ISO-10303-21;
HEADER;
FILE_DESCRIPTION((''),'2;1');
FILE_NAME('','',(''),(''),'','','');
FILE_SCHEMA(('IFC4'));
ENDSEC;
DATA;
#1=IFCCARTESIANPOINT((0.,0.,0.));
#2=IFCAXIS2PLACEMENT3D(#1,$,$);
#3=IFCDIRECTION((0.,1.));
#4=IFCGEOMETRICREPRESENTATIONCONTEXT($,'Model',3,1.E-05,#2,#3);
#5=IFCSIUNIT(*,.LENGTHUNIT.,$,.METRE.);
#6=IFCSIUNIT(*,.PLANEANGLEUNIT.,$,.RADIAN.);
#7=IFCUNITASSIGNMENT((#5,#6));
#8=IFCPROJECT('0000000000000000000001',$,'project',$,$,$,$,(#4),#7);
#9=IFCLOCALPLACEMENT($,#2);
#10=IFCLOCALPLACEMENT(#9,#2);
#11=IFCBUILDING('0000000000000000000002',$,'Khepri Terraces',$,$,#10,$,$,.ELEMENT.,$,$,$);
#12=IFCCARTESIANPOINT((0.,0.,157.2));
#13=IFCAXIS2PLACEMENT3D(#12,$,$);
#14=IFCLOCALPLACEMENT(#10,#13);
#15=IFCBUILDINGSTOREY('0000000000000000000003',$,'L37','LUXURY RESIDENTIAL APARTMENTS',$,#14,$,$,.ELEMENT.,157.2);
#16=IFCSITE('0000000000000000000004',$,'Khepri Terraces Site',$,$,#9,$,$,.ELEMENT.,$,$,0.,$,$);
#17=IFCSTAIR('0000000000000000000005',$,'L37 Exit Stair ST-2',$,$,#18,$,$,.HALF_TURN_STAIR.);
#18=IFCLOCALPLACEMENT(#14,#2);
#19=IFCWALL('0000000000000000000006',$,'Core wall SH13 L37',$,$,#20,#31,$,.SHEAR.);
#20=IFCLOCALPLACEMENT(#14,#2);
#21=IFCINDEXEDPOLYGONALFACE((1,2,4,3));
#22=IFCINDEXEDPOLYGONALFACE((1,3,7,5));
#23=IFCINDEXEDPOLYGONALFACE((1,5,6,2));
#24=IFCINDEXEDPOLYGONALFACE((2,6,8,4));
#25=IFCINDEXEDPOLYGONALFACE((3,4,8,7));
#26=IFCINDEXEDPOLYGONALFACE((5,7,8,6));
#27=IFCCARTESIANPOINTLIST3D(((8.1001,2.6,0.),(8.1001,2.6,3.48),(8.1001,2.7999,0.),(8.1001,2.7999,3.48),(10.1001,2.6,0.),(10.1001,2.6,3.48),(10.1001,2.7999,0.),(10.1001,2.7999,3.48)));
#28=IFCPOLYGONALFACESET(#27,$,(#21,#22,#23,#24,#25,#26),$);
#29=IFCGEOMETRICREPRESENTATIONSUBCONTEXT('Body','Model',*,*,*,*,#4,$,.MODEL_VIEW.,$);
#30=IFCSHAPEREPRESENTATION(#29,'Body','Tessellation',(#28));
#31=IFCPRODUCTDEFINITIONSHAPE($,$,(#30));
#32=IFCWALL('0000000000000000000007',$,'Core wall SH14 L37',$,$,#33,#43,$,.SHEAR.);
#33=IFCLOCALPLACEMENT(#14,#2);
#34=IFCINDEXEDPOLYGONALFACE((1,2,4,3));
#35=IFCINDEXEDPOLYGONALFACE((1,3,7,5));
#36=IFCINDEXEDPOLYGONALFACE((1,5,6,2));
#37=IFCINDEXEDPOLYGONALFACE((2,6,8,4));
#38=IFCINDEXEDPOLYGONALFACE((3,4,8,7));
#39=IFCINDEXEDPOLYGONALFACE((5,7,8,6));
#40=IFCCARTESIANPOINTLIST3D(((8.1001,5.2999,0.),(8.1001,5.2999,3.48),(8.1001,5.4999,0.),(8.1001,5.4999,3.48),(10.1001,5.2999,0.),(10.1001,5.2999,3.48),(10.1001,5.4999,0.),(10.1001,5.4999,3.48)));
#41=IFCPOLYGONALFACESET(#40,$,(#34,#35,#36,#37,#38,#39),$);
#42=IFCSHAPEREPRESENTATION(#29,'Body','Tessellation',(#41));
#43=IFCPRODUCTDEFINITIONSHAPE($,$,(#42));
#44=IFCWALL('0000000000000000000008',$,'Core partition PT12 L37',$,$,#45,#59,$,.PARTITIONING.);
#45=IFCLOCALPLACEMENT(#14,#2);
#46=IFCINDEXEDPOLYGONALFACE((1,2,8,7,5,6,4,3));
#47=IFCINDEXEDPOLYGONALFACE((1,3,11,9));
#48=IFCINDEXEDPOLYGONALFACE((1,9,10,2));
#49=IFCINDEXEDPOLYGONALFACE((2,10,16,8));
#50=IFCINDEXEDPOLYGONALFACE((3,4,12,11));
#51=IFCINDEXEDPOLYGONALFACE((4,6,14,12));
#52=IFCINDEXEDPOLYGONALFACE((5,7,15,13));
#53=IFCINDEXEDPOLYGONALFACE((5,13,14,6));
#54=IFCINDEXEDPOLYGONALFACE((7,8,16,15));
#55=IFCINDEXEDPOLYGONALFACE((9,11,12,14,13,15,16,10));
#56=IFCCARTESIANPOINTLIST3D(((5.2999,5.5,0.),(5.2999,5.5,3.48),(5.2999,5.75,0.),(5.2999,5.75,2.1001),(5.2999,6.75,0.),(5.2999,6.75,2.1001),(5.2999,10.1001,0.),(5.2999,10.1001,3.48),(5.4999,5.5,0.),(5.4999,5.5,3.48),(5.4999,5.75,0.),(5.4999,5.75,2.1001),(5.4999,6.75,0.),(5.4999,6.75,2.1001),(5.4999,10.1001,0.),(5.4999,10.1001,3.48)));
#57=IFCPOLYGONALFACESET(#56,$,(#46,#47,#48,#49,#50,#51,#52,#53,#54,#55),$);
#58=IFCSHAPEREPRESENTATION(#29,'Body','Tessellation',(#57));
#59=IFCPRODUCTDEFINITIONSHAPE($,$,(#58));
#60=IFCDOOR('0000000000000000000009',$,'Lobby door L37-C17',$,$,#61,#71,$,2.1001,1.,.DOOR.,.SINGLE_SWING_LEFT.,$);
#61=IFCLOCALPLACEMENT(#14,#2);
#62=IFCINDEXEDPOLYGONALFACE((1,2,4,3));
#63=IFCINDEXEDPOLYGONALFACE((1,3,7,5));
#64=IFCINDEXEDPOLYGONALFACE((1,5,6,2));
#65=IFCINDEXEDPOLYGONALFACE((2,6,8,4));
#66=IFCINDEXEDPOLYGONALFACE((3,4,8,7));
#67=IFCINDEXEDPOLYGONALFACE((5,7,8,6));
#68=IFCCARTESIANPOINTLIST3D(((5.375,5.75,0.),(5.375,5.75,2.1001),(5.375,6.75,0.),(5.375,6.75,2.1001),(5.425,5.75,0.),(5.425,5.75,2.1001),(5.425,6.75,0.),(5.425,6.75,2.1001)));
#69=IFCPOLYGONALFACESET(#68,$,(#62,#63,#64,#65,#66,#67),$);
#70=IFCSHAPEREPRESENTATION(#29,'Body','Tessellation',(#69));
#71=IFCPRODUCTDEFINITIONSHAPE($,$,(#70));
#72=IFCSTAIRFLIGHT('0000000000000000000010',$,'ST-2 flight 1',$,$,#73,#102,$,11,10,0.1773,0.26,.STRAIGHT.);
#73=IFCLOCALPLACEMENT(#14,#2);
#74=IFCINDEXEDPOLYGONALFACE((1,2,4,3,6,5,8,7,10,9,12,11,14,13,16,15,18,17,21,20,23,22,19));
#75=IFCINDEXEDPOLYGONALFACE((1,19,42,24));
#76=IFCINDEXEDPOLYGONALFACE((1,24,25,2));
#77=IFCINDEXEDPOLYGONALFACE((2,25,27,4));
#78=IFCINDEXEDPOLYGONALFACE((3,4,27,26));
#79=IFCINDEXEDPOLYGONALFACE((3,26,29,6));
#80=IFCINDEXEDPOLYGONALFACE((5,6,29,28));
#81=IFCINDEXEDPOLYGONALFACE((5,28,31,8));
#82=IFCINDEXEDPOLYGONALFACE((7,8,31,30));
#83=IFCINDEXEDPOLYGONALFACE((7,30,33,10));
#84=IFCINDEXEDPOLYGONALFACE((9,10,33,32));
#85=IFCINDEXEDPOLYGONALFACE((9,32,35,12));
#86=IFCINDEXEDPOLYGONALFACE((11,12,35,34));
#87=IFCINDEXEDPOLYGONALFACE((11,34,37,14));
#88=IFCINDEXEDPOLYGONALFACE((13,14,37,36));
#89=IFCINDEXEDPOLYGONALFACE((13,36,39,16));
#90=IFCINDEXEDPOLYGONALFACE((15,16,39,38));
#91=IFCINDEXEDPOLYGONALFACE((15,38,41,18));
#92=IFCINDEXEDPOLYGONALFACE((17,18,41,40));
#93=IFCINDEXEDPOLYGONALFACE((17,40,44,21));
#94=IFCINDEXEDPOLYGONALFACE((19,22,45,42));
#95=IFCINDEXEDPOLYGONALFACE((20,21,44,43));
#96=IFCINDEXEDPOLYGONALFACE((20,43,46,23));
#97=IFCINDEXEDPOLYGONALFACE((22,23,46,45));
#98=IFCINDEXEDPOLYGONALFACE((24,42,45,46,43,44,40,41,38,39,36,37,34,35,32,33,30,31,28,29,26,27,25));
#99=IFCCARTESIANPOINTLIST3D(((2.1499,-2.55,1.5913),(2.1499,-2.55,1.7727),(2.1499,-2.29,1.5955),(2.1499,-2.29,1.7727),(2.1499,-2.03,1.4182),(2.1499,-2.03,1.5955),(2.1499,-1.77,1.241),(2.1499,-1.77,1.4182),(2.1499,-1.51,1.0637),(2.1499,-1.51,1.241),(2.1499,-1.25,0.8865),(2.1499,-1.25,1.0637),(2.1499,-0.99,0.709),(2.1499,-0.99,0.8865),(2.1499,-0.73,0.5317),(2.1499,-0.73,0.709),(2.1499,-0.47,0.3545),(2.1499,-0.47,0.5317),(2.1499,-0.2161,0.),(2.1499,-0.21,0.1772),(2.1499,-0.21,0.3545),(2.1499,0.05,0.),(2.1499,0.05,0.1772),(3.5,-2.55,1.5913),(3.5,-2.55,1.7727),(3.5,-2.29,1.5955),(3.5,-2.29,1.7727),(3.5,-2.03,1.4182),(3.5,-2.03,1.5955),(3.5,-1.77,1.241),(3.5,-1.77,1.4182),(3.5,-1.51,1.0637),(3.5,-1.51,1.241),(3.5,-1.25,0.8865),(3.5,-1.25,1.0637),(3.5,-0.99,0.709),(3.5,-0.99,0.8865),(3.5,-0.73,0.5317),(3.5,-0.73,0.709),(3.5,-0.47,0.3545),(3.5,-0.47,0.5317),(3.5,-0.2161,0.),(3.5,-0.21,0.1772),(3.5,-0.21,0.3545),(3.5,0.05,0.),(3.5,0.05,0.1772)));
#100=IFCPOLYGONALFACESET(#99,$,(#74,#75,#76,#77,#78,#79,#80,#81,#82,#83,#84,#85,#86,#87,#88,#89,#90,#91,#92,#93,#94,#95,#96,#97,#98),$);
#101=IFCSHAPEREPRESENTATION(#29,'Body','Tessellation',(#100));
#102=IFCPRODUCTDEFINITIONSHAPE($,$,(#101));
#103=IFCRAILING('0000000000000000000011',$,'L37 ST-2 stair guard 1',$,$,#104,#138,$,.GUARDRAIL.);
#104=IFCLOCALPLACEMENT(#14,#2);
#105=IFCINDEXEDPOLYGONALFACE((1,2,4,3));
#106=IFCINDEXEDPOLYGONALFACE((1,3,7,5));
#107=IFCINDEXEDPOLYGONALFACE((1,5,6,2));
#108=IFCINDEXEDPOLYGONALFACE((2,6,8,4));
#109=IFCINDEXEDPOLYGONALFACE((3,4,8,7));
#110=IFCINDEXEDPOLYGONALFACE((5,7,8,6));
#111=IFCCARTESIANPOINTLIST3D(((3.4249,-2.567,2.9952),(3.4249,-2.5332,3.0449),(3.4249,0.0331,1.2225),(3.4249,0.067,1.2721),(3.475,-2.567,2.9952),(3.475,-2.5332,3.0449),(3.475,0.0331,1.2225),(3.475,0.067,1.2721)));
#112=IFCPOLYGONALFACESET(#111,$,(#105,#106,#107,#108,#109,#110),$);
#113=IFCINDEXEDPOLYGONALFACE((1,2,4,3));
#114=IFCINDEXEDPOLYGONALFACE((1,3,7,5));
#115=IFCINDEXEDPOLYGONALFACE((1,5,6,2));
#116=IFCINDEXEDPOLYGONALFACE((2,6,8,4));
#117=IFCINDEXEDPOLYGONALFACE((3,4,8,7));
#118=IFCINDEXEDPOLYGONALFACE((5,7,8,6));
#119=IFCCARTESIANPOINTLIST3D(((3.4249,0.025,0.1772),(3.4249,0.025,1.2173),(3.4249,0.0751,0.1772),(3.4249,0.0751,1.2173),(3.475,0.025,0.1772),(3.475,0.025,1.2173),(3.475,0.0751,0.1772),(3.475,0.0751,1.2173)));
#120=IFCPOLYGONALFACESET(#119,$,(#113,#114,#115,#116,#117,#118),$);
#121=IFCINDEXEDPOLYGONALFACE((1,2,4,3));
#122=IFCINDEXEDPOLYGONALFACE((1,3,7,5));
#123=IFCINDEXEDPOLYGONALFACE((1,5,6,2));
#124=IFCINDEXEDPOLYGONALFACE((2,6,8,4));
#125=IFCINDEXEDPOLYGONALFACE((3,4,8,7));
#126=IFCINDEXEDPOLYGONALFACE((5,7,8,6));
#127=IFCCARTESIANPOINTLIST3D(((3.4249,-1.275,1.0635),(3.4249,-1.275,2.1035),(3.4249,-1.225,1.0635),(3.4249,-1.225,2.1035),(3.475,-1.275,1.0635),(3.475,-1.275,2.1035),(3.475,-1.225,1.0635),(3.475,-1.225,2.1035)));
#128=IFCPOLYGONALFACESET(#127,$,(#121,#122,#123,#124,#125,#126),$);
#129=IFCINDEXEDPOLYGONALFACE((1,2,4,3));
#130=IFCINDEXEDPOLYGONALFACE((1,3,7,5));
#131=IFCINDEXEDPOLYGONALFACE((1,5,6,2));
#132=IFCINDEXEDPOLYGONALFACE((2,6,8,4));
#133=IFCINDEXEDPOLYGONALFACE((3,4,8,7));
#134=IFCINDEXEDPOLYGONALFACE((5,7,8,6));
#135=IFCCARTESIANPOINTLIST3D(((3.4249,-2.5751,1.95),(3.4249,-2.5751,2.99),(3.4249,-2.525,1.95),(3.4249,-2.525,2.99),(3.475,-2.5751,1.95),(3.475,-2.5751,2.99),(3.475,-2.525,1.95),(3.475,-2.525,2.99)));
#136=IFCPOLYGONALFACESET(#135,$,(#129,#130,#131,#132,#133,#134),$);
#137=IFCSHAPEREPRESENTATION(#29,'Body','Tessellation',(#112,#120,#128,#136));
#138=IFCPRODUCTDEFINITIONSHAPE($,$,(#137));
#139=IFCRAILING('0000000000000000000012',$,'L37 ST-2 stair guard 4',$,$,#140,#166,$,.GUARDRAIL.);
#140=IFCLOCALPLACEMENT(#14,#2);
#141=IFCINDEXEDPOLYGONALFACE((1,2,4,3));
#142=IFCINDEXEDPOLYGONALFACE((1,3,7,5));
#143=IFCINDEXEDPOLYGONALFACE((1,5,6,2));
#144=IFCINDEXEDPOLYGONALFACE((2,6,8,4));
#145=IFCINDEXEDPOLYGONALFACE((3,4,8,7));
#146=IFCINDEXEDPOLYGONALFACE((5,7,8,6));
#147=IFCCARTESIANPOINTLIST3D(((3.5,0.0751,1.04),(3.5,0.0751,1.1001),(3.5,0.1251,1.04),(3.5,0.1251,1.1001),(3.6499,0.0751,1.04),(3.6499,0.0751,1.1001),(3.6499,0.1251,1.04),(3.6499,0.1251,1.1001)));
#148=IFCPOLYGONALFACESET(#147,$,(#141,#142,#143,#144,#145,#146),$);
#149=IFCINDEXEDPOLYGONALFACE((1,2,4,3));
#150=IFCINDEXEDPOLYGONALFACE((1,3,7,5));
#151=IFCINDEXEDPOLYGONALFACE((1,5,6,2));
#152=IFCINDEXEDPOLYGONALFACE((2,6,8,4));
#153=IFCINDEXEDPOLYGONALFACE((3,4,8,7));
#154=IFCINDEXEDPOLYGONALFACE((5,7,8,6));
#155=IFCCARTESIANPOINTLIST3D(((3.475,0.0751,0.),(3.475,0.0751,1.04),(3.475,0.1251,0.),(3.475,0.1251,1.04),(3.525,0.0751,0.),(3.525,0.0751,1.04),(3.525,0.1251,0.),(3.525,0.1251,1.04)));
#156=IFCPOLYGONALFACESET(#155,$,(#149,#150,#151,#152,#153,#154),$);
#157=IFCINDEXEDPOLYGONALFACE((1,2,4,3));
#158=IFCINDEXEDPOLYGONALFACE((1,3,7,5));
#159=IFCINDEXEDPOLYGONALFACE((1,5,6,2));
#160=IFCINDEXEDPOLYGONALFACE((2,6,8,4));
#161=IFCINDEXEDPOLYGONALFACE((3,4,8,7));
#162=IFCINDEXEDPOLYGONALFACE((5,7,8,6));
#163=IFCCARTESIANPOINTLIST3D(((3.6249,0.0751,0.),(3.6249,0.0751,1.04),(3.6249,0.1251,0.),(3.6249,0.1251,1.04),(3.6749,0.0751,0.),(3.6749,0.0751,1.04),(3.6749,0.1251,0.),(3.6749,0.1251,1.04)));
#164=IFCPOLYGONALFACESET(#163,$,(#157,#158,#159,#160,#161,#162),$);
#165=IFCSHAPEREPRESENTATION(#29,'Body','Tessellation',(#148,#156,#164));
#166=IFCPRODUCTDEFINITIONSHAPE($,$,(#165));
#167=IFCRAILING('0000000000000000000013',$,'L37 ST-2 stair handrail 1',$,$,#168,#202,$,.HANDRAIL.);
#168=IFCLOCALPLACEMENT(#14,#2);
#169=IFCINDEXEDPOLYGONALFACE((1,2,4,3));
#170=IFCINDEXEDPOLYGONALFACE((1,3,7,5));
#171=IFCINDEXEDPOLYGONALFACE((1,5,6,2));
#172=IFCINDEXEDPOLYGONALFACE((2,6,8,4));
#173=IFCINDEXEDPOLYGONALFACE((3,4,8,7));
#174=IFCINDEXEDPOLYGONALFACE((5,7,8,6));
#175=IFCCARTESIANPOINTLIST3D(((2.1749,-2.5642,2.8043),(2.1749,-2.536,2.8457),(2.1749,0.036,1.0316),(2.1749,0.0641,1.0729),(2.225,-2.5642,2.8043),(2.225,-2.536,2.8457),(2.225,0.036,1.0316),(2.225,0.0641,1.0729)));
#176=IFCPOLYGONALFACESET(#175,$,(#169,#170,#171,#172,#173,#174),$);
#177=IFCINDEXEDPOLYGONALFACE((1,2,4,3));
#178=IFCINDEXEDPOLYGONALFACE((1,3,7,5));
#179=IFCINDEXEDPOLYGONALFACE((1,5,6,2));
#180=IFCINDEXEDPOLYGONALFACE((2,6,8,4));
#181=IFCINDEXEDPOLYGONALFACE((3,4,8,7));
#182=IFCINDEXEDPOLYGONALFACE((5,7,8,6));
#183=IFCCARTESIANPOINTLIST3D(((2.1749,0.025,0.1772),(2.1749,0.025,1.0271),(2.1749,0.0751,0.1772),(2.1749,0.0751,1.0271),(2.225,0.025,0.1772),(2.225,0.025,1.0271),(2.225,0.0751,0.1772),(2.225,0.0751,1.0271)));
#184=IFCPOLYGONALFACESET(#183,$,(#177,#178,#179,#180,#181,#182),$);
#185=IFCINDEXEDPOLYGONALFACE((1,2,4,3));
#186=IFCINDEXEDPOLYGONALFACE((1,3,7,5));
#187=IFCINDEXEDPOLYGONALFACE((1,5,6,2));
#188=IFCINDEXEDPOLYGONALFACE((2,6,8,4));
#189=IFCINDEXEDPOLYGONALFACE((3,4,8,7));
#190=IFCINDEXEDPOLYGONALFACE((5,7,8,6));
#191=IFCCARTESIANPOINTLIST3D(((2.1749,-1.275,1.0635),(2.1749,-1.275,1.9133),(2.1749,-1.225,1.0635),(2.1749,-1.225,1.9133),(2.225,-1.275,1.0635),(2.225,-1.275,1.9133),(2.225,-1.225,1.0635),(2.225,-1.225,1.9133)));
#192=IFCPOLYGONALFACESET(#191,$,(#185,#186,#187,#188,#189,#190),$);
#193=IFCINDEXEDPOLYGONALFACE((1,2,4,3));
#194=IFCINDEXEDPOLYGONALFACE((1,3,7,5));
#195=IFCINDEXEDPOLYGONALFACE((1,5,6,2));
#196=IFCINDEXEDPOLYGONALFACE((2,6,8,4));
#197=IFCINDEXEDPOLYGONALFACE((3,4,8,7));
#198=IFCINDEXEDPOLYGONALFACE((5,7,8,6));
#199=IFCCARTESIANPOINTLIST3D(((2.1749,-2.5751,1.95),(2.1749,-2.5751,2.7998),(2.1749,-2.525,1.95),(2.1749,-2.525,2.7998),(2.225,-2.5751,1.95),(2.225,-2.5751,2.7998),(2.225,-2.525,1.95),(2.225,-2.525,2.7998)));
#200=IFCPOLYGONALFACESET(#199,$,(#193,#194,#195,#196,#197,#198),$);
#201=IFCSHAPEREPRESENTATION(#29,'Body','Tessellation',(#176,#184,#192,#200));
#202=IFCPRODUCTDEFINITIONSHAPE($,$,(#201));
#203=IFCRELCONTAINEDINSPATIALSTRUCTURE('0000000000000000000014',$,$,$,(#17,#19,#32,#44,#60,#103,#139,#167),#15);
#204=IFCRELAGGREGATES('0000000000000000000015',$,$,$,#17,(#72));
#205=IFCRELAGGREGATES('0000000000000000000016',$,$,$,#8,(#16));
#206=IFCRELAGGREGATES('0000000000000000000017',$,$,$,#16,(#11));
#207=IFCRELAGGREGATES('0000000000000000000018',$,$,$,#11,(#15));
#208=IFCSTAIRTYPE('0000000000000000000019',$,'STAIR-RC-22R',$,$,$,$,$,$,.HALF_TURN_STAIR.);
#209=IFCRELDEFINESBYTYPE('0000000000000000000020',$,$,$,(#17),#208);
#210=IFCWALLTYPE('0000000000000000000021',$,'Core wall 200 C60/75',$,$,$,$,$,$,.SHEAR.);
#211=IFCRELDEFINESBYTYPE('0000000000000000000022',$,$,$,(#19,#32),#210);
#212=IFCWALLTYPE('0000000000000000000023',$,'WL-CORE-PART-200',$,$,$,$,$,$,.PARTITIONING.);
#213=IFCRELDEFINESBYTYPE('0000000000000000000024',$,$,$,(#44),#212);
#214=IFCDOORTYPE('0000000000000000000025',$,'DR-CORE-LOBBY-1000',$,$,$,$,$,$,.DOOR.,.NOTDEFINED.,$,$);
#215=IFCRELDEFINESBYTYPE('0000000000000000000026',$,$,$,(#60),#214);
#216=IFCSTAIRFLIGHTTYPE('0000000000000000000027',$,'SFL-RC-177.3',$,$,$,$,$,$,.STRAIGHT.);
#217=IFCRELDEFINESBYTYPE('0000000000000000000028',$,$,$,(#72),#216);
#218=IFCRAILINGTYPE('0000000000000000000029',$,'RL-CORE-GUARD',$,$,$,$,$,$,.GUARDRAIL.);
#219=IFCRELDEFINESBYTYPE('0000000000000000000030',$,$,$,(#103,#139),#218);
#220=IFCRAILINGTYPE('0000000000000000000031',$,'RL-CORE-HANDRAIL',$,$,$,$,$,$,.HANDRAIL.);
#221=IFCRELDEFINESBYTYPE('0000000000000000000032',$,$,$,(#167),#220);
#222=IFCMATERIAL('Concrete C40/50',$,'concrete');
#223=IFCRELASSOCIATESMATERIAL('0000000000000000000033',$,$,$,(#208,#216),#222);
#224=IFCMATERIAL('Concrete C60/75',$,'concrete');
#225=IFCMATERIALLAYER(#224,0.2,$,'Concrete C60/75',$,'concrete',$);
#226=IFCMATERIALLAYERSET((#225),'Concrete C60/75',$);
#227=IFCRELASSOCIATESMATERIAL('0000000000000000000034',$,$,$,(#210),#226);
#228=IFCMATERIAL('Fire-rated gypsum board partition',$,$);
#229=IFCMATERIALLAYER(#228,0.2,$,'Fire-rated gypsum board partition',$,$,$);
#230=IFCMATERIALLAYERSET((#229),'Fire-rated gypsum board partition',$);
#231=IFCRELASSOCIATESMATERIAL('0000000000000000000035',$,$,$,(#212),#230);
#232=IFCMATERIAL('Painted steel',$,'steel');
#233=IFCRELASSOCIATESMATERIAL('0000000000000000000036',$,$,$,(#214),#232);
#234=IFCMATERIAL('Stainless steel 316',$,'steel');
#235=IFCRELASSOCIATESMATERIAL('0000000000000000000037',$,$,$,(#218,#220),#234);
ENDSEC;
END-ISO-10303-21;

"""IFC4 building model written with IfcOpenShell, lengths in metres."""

from ifc_helpers import new_model, si_unit, direction, frame, frame_2d, origin, origin_2d, place, context, subcontext, project, spatial, polyline, rectangle, outline, extrude, material, layer, layer_set, type_object, element, fill, aggregate, save


model = new_model("IFC4")

# Units and contexts
model_context = context("Model", 3, precision=1e-05, world=origin(), true_north=direction((0.0, 1.0)))
body_context = subcontext(model_context, "Body", "Model", "MODEL_VIEW")
ifc_project = project(units=[si_unit("LENGTHUNIT", "METRE"), si_unit("PLANEANGLEUNIT", "RADIAN")], contexts=[model_context])

# Site, building, storey
site_placement = place(None, origin())
site = spatial("IfcSite", under=ifc_project, at=site_placement, Name="Khepri Terraces Site", CompositionType="ELEMENT", RefElevation=0.0)
building_placement = place(site_placement, origin())
building = spatial("IfcBuilding", under=site, at=building_placement, Name="Khepri Terraces", CompositionType="ELEMENT")
storey_placement = place(building_placement, frame((0.0, 0.0, 157.2)))
storey = spatial("IfcBuildingStorey", under=building, at=storey_placement, Name="L37", Description="LUXURY RESIDENTIAL APARTMENTS", CompositionType="ELEMENT", Elevation=157.2)

# Stair
ifc_material_1 = material(Name="Concrete C40/50", Category="concrete")
stair_type = type_object("IfcStairType", Name="STAIR-RC-22R", PredefinedType="HALF_TURN_STAIR", material=ifc_material_1)
stair_1_placement = place(storey_placement, origin())
stair_1 = element("IfcStair", 1, at=stair_1_placement, inside=storey, type_object=stair_type, Name="L37 Exit Stair ST-2", PredefinedType="HALF_TURN_STAIR")

# Shared definitions
ifc_material_2 = material(Name="Concrete C60/75", Category="concrete")
ifc_layer_1 = layer(ifc_material_2, 0.2, Name="Concrete C60/75", Category="concrete")
ifc_layer_set_1 = layer_set([ifc_layer_1], Name="Concrete C60/75")
wall_type_1 = type_object("IfcWallType", Name="Core wall 200 C60/75", PredefinedType="SHEAR", material=ifc_layer_set_1)

# Shared definitions
ifc_material_3 = material(Name="Painted steel", Category="steel")

# Walls
for number, where, z_axis, x_axis, name in (
    (2, (8.1001, 2.7, 0.0), (0.0, 0.0, 1.0), (1.0, 0.0, 0.0), "Core wall SH13 L37"),
    (3, (8.1001, 5.3999, 0.0), (0.0, 0.0, 1.0), (1.0, 0.0, 0.0), "Core wall SH14 L37"),
):
    element("IfcWall", number, at=place(storey_placement, frame(where, z_axis=z_axis, x_axis=x_axis)), inside=storey, type_object=wall_type_1, Name=name, PredefinedType="SHEAR", context=body_context, shape_type="SweptSolid", body=[
        extrude(rectangle(XDim=2.0, YDim=0.2, at=frame_2d((1.0, 0.0))), origin(), (0.0, 0.0, 1.0), 3.48),
    ])

# Wall, opening, door
ifc_material_4 = material(Name="Fire-rated gypsum board partition")
ifc_layer_2 = layer(ifc_material_4, 0.2, Name="Fire-rated gypsum board partition")
ifc_layer_set_2 = layer_set([ifc_layer_2], Name="Fire-rated gypsum board partition")
wall_type_2 = type_object("IfcWallType", Name="WL-CORE-PART-200", PredefinedType="PARTITIONING", material=ifc_layer_set_2)
wall_1_placement = place(storey_placement, frame((5.3999, 5.5, 0.0), z_axis=(0.0, 0.0, 1.0), x_axis=(0.0, 1.0, 0.0)))
wall_1 = element("IfcWall", 4, at=wall_1_placement, inside=storey, type_object=wall_type_2, Name="Core partition PT12 L37", PredefinedType="PARTITIONING", context=body_context, shape_type="SweptSolid", body=[
    extrude(rectangle(XDim=4.6001, YDim=0.2, at=frame_2d((2.3, 0.0))), origin(), (0.0, 0.0, 1.0), 3.48),
])
opening_1_placement = place(wall_1_placement, frame((0.25, 0.0, 0.0)))
opening_1 = element("IfcOpeningElement", 5, at=opening_1_placement, cuts=wall_1, PredefinedType="OPENING", context=body_context, shape_type="SweptSolid", body=[
    extrude(rectangle(XDim=1.0, YDim=2.1001, at=frame_2d((0.5, 1.05))), frame((0.0, 0.1099, 0.0), z_axis=(0.0, -1.0, 0.0), x_axis=(1.0, 0.0, 0.0)), (0.0, 0.0, 1.0), 0.22),
])
door_type_1 = type_object("IfcDoorType", Name="DR-CORE-LOBBY-1000", OperationType="NOTDEFINED", PredefinedType="DOOR", material=ifc_material_3)
door_1_placement = place(opening_1_placement, origin())
door_1 = element("IfcDoor", 6, at=door_1_placement, inside=storey, type_object=door_type_1, Name="Lobby door L37-C17", OperationType="SINGLE_SWING_LEFT", OverallHeight=2.1001, OverallWidth=1.0, PredefinedType="DOOR", context=body_context, shape_type="SweptSolid", body=[
    extrude(rectangle(XDim=1.0, YDim=2.1001, at=frame_2d((0.5, 1.05))), frame((0.0, 0.0249, 0.0), z_axis=(0.0, -1.0, 0.0), x_axis=(1.0, 0.0, 0.0)), (0.0, 0.0, 1.0), 0.05),
])
fill(opening_1, door_1)

# Stair flight
stair_flight_type = type_object("IfcStairFlightType", Name="SFL-RC-177.3", PredefinedType="STRAIGHT", material=ifc_material_1)
stair_flight_placement = place(storey_placement, frame((2.825, 0.05, 0.0), z_axis=(0.0, 0.0, 1.0), x_axis=(0.0, -1.0, 0.0)))
stair_flight = element("IfcStairFlight", 7, at=stair_flight_placement, type_object=stair_flight_type, Name="ST-2 flight 1", NumberOfRisers=11, NumberOfTreads=10, PredefinedType="STRAIGHT", RiserHeight=0.1773, TreadLength=0.26, context=body_context, shape_type="SweptSolid", body=[
    extrude(outline(polyline([(0.0, 0.0), (0.0, 0.1772), (0.26, 0.1772), (0.26, 0.3545), (0.52, 0.3545), (0.52, 0.5317), (0.78, 0.5317), (0.78, 0.709), (1.04, 0.709), (1.04, 0.8865), (1.3, 0.8865), (1.3, 1.0637), (1.5601, 1.0637), (1.5601, 1.241), (1.8201, 1.241), (1.8201, 1.4182), (2.0801, 1.4182), (2.0801, 1.5955), (2.3401, 1.5955), (2.3401, 1.7727), (2.6001, 1.7727), (2.6001, 1.95), (2.6001, 1.5913), (0.2661, 0.0), (0.0, 0.0)])), frame((0.0, 0.675, 0.0), z_axis=(0.0, -1.0, 0.0), x_axis=(1.0, 0.0, 0.0)), (0.0, 0.0, 1.0), 1.3501),
])
aggregate(stair_1, [stair_flight])

# Railings
ifc_material_5 = material(Name="Stainless steel 316", Category="steel")
railing_type_1 = type_object("IfcRailingType", Name="RL-CORE-GUARD", PredefinedType="GUARDRAIL", material=ifc_material_5)
railing_1_placement = place(storey_placement, frame((3.45, 0.05, 0.1772)))
element("IfcRailing", 8, at=railing_1_placement, inside=storey, type_object=railing_type_1, Name="L37 ST-2 stair guard 1", PredefinedType="GUARDRAIL", context=body_context, shape_type="SweptSolid", body=[
    extrude(rectangle(XDim=0.05, YDim=0.0601, at=origin_2d()), frame((0.0, 0.0, 1.0701), z_axis=(0.0, -0.82624, 0.563318), x_axis=(1.0, 0.0, 0.0)), (0.0, 0.0, 1.0), 3.147),
    extrude(rectangle(XDim=0.05, YDim=0.05, at=origin_2d()), origin(), (0.0, 0.0, 1.0), 1.04),
    extrude(rectangle(XDim=0.05, YDim=0.05, at=origin_2d()), frame((0.0, -1.3, 0.8862)), (0.0, 0.0, 1.0), 1.04),
    extrude(rectangle(XDim=0.05, YDim=0.05, at=origin_2d()), frame((0.0, -2.6001, 1.7727)), (0.0, 0.0, 1.0), 1.04),
])
railing_2_placement = place(storey_placement, frame((3.5, 0.1001, 0.0)))
element("IfcRailing", 9, at=railing_2_placement, inside=storey, type_object=railing_type_1, Name="L37 ST-2 stair guard 4", PredefinedType="GUARDRAIL", context=body_context, shape_type="SweptSolid", body=[
    extrude(rectangle(XDim=0.05, YDim=0.0601, at=origin_2d()), frame((0.0, 0.0, 1.0701), z_axis=(1.0, 0.0, 0.0), x_axis=(0.0, 1.0, 0.0)), (0.0, 0.0, 1.0), 0.1499),
    extrude(rectangle(XDim=0.05, YDim=0.05, at=origin_2d()), origin(), (0.0, 0.0, 1.0), 1.04),
    extrude(rectangle(XDim=0.05, YDim=0.05, at=origin_2d()), frame((0.1499, 0.0, 0.0)), (0.0, 0.0, 1.0), 1.04),
])
railing_type_2 = type_object("IfcRailingType", Name="RL-CORE-HANDRAIL", PredefinedType="HANDRAIL", material=ifc_material_5)
railing_3_placement = place(storey_placement, frame((2.2, 0.05, 0.1772)))
element("IfcRailing", 10, at=railing_3_placement, inside=storey, type_object=railing_type_2, Name="L37 ST-2 stair handrail 1", PredefinedType="HANDRAIL", context=body_context, shape_type="SweptSolid", body=[
    extrude(rectangle(XDim=0.05, YDim=0.05, at=origin_2d()), frame((0.0, 0.0, 0.875), z_axis=(0.0, -0.82624, 0.563318), x_axis=(1.0, 0.0, 0.0)), (0.0, 0.0, 1.0), 3.147),
    extrude(rectangle(XDim=0.05, YDim=0.05, at=origin_2d()), origin(), (0.0, 0.0, 1.0), 0.8499),
    extrude(rectangle(XDim=0.05, YDim=0.05, at=origin_2d()), frame((0.0, -1.3, 0.8862)), (0.0, 0.0, 1.0), 0.8499),
    extrude(rectangle(XDim=0.05, YDim=0.05, at=origin_2d()), frame((0.0, -2.6001, 1.7727)), (0.0, 0.0, 1.0), 0.8499),
])

save(model, "model.ifc")
